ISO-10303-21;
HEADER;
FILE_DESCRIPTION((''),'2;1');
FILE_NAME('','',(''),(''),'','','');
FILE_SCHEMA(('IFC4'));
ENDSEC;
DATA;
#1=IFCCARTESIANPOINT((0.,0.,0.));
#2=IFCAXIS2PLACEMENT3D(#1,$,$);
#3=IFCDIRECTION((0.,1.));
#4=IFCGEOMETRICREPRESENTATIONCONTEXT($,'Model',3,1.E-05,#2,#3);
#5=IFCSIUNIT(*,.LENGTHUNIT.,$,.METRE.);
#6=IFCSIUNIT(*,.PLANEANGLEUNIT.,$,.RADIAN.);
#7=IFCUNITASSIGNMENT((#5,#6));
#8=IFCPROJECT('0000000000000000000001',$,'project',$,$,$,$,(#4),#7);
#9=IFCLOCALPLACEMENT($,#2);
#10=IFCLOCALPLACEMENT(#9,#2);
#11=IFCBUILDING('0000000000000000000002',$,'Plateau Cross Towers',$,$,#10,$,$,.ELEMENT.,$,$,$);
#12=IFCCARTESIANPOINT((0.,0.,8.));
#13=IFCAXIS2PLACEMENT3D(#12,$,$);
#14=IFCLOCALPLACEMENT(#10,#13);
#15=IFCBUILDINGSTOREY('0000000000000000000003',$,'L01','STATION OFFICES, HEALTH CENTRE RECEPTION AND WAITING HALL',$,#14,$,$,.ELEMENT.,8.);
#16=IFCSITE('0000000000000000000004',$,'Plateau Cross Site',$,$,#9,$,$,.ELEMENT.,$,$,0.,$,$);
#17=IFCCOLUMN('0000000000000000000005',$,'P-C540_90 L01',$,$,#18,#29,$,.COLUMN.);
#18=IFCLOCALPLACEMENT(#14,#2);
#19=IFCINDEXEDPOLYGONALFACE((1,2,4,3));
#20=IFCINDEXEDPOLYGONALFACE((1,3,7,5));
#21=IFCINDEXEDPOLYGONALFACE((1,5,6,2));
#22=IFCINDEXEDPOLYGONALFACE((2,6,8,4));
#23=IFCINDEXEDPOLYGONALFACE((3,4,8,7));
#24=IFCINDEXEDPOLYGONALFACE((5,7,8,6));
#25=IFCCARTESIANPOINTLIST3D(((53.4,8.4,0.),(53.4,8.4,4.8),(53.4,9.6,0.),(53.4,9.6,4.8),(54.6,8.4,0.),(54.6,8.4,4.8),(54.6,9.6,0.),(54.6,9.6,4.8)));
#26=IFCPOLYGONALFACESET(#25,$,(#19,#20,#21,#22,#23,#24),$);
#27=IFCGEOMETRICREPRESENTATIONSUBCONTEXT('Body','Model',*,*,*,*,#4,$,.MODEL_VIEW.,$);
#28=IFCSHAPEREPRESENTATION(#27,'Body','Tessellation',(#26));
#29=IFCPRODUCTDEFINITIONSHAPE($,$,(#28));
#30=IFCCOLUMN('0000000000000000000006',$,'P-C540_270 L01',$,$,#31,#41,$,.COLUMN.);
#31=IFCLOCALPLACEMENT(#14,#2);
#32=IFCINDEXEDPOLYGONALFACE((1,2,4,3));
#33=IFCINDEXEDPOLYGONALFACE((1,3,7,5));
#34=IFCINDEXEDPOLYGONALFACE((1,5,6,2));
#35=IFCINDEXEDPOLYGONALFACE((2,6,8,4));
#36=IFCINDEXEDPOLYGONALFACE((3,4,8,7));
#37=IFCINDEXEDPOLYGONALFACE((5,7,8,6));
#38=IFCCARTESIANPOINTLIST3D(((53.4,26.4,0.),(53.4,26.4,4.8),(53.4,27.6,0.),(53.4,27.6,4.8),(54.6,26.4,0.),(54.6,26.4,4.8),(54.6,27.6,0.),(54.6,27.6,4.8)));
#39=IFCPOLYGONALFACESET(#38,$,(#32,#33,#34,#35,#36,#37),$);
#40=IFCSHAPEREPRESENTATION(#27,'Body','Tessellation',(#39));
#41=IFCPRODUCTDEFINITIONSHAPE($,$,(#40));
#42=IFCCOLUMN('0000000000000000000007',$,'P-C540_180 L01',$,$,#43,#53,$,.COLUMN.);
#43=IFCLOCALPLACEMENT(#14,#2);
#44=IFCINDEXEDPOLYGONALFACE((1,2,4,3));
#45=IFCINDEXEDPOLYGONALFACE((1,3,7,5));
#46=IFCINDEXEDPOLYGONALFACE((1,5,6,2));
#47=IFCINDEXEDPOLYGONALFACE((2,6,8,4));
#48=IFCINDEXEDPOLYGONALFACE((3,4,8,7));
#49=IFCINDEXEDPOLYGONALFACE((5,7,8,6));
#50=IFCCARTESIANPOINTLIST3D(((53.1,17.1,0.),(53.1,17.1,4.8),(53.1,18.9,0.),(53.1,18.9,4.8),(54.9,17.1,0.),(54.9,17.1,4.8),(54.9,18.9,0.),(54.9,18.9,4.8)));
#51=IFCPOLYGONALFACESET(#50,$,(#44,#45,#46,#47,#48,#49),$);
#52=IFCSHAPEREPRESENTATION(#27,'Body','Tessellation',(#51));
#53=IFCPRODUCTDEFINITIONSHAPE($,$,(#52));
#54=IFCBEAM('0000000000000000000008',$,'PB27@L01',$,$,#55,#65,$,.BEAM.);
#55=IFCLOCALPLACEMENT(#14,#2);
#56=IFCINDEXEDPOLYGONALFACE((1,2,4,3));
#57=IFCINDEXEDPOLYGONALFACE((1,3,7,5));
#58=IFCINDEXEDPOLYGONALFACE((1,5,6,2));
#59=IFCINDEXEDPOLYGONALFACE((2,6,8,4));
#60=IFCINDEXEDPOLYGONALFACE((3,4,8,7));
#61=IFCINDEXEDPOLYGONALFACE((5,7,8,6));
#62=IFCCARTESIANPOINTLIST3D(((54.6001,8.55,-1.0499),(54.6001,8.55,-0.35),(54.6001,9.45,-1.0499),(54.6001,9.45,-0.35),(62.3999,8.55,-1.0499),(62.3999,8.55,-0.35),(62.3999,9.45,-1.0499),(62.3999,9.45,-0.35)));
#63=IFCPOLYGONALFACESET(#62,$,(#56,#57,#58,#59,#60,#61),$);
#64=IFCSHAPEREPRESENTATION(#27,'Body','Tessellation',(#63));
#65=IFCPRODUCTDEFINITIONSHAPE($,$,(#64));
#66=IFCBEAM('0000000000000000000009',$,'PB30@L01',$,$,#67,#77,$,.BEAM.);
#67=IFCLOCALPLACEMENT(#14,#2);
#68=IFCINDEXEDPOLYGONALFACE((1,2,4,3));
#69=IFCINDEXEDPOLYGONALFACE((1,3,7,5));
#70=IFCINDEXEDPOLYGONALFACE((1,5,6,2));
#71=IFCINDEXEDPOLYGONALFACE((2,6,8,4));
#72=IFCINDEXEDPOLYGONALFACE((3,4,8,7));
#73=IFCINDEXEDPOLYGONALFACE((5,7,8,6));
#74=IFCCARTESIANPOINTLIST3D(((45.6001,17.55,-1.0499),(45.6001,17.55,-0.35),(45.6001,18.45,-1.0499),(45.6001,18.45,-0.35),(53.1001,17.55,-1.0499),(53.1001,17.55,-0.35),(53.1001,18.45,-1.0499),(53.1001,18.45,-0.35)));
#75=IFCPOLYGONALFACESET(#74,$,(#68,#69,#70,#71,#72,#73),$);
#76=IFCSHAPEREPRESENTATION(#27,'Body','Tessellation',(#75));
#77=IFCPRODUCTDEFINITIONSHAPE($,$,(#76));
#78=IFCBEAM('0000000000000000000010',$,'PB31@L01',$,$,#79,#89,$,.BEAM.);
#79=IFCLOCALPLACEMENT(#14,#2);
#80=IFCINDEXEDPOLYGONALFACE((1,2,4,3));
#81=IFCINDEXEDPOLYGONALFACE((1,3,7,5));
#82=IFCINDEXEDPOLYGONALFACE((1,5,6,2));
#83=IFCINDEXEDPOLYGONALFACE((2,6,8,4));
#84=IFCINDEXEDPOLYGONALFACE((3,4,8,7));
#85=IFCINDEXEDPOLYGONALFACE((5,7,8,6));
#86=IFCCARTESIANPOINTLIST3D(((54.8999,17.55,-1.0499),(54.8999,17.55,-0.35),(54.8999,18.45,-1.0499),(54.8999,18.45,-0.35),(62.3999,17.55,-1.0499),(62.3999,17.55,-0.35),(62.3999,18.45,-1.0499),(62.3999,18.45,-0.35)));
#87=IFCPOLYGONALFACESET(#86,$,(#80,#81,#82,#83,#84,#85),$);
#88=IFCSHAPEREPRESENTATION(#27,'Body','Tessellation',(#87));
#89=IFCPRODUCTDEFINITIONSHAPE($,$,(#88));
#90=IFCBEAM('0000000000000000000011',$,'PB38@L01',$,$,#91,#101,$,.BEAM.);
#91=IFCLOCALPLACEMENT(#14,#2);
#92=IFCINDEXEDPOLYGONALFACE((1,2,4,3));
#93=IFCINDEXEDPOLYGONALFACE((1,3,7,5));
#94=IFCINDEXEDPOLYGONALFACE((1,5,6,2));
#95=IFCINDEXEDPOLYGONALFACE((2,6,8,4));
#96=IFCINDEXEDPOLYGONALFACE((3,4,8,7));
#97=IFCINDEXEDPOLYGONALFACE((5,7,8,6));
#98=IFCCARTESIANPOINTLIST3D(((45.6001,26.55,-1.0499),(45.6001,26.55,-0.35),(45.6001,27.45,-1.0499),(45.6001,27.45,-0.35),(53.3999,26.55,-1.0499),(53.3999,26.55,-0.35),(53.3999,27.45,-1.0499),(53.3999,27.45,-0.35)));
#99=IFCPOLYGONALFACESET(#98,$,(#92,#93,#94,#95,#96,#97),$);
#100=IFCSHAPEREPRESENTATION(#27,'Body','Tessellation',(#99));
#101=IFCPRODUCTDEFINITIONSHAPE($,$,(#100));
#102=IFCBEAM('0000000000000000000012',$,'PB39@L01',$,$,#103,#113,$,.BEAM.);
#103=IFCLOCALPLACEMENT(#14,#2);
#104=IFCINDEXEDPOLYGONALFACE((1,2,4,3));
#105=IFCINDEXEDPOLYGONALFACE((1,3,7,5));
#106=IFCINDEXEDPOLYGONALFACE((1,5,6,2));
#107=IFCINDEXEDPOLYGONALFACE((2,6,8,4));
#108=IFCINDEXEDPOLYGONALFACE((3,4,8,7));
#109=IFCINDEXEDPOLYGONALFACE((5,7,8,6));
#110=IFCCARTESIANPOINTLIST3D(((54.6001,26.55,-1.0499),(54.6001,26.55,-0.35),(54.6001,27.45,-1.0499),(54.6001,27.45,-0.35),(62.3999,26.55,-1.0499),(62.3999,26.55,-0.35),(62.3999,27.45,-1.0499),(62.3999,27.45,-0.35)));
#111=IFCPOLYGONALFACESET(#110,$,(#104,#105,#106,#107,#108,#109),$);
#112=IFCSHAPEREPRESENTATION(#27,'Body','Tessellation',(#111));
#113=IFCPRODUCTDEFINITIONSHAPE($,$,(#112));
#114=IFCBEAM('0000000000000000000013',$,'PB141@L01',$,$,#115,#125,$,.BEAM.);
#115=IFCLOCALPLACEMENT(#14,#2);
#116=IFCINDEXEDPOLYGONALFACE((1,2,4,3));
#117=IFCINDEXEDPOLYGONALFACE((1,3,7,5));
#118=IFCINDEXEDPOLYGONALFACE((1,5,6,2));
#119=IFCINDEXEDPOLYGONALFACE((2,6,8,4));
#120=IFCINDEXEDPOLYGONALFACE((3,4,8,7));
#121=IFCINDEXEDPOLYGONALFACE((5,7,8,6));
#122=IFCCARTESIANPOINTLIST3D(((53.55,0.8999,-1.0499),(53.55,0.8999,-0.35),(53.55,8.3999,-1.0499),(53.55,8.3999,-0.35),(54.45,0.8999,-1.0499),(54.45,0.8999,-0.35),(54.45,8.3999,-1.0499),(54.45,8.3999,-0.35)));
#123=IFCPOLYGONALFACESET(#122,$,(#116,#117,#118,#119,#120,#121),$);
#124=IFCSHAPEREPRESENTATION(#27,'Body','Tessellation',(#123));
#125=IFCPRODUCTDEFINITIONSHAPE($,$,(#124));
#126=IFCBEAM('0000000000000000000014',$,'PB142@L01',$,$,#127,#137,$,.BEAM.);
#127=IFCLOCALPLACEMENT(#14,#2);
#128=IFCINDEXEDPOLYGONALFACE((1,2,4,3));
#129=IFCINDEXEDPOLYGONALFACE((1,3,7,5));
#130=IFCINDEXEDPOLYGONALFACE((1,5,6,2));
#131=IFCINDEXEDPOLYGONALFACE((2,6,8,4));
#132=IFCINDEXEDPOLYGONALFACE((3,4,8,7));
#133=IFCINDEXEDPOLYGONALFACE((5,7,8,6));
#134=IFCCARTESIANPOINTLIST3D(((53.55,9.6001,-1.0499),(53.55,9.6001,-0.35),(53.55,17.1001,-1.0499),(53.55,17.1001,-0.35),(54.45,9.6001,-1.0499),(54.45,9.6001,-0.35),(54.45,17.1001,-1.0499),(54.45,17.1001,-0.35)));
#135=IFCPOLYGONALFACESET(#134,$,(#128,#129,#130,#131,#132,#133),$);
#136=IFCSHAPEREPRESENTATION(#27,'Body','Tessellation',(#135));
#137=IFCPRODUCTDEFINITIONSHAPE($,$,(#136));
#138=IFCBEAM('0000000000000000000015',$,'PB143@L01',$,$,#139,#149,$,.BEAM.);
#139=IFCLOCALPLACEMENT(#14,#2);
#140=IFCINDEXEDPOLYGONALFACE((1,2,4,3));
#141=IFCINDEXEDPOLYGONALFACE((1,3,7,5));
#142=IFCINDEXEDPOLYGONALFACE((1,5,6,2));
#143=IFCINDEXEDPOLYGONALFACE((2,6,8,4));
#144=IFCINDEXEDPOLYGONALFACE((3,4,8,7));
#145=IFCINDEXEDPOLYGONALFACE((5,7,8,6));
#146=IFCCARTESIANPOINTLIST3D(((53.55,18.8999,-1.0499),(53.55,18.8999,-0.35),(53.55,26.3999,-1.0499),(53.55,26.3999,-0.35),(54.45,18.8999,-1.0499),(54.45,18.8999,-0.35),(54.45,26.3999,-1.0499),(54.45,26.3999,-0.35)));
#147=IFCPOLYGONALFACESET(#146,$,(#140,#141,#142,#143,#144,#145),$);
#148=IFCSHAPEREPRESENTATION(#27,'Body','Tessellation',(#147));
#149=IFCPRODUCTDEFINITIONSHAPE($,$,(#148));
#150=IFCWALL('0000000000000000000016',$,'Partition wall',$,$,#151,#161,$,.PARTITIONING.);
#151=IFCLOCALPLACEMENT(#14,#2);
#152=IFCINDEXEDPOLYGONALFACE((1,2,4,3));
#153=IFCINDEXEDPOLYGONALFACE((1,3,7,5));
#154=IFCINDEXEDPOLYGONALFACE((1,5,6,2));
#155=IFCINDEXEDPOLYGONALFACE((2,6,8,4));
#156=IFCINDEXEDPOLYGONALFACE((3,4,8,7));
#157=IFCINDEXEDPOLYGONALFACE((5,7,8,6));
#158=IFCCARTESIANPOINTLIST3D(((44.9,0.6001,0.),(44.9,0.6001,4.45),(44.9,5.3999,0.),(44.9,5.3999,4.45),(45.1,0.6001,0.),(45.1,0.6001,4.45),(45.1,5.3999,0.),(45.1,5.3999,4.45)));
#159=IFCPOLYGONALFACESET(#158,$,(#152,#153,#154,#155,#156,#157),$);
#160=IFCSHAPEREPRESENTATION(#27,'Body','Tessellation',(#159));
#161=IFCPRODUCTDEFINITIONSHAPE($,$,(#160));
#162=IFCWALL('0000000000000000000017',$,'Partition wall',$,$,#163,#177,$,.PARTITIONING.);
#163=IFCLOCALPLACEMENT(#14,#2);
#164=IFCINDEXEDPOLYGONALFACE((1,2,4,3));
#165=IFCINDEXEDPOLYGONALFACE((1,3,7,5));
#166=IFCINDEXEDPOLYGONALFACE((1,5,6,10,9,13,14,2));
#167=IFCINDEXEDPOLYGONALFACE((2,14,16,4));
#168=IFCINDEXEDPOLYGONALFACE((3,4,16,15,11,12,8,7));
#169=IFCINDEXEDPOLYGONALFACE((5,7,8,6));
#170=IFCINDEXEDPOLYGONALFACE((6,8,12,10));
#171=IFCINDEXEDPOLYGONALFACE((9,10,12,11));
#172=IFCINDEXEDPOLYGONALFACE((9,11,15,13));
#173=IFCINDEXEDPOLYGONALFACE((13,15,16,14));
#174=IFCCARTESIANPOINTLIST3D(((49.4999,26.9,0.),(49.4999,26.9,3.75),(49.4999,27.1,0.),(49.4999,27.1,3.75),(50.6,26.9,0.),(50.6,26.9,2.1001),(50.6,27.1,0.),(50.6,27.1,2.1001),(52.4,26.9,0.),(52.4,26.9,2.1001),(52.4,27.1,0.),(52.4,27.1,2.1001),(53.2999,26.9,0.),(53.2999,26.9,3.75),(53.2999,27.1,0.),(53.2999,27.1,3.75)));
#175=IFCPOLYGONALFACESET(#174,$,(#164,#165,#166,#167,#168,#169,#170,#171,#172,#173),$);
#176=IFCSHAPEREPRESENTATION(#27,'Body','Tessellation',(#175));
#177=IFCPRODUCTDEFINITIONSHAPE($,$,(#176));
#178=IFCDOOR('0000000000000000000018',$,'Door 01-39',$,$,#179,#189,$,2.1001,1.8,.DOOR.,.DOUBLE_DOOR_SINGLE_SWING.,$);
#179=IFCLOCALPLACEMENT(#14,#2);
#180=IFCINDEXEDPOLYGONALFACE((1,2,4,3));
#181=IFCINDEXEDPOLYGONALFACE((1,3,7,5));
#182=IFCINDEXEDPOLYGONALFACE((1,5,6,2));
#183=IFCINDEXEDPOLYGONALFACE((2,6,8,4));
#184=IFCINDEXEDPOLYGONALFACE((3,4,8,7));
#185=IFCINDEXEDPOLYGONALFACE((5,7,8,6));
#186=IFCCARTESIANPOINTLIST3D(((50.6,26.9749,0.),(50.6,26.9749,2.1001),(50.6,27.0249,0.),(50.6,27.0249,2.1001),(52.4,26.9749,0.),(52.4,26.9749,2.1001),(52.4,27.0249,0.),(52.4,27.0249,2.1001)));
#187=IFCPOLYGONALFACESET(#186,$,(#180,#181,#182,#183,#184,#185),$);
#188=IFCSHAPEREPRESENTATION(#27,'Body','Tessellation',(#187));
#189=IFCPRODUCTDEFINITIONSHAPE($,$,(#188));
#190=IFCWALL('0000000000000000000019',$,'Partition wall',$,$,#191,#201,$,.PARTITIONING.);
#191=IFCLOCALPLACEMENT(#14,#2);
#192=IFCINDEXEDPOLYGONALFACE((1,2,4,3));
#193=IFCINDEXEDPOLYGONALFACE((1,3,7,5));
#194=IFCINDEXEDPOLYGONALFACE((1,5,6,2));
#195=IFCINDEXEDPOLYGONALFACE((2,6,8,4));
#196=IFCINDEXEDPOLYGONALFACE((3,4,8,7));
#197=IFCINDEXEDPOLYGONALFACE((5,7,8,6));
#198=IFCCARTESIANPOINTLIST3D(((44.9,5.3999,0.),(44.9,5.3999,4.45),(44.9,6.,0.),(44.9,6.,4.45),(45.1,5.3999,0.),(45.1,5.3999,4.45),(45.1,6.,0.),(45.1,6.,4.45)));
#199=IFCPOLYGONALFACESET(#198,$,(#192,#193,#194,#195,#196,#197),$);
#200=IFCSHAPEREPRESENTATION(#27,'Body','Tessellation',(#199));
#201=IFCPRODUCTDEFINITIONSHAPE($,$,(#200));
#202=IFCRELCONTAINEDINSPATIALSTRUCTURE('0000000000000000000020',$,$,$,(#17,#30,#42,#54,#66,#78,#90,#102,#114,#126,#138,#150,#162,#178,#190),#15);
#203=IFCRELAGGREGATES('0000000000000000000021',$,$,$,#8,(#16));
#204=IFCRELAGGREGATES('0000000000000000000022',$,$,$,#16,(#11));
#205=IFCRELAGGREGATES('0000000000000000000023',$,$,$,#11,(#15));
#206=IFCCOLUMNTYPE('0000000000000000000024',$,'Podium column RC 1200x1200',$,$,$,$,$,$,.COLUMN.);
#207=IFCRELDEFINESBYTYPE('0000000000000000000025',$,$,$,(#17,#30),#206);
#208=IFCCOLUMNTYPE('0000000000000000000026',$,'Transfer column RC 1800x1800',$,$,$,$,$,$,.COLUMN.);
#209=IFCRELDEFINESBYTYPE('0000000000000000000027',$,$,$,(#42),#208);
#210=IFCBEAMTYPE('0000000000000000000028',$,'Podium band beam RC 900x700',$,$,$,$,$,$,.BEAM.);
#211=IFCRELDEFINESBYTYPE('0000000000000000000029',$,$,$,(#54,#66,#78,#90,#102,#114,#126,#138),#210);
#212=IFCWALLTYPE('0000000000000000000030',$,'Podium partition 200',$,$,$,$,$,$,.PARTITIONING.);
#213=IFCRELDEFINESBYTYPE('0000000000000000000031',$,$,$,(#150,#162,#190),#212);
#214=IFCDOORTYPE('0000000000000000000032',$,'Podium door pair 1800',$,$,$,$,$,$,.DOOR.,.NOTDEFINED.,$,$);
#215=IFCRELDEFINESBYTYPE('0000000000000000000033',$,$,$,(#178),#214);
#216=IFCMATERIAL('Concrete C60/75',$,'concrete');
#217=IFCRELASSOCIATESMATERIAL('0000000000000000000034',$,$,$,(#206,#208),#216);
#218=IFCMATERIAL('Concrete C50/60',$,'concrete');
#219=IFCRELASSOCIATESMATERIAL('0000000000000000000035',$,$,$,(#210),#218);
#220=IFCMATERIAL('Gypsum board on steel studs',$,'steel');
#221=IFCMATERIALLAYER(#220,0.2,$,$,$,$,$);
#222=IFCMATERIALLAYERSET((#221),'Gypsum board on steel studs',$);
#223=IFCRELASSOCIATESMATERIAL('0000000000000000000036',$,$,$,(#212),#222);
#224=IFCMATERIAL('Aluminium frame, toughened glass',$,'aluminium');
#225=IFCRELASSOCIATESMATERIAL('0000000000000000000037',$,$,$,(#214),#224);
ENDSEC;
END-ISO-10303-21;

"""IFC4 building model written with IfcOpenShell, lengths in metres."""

from ifc_helpers import new_model, si_unit, direction, frame, frame_2d, origin, origin_2d, place, context, subcontext, project, spatial, rectangle, extrude, material, layer, layer_set, material_profile, profile_set, type_object, element, fill, save


model = new_model("IFC4")

# Units and contexts
model_context = context("Model", 3, precision=1e-05, world=origin(), true_north=direction((0.0, 1.0)))
body_context = subcontext(model_context, "Body", "Model", "MODEL_VIEW")
ifc_project = project(units=[si_unit("LENGTHUNIT", "METRE"), si_unit("PLANEANGLEUNIT", "RADIAN")], contexts=[model_context])

# Site, building, storey
site_placement = place(None, origin())
site = spatial("IfcSite", under=ifc_project, at=site_placement, Name="Plateau Cross Site", CompositionType="ELEMENT", RefElevation=0.0)
building_placement = place(site_placement, origin())
building = spatial("IfcBuilding", under=site, at=building_placement, Name="Plateau Cross Towers", CompositionType="ELEMENT")
storey_placement = place(building_placement, frame((0.0, 0.0, 8.0)))
storey = spatial("IfcBuildingStorey", under=building, at=storey_placement, Name="L01", Description="STATION OFFICES, HEALTH CENTRE RECEPTION AND WAITING HALL", CompositionType="ELEMENT", Elevation=8.0)

# Columns
ifc_material_1 = material(Name="Concrete C60/75", Category="concrete")
ifc_material_profile_1 = material_profile(ifc_material_1, rectangle(XDim=1.2, YDim=1.2, at=origin_2d()), Name="RC 1200x1200")
ifc_profile_set_1 = profile_set([ifc_material_profile_1], Name="Concrete C60/75")
column_type_1 = type_object("IfcColumnType", Name="Podium column RC 1200x1200", PredefinedType="COLUMN", material=ifc_profile_set_1)
for number, where, z_axis, x_axis, name in (
    (1, (54.0, 9.0, 0.0), (0.0, 0.0, 1.0), (1.0, 0.0, 0.0), "P-C540_90 L01"),
    (2, (54.0, 27.0, 0.0), (0.0, 0.0, 1.0), (1.0, 0.0, 0.0), "P-C540_270 L01"),
):
    element("IfcColumn", number, at=place(storey_placement, frame(where, z_axis=z_axis, x_axis=x_axis)), inside=storey, type_object=column_type_1, Name=name, PredefinedType="COLUMN", context=body_context, shape_type="SweptSolid", body=[
        extrude(rectangle(XDim=1.2, YDim=1.2, at=origin_2d()), origin(), (0.0, 0.0, 1.0), 4.8),
    ])
ifc_material_profile_2 = material_profile(ifc_material_1, rectangle(XDim=1.8, YDim=1.8, at=origin_2d()), Name="RC 1800x1800")
ifc_profile_set_2 = profile_set([ifc_material_profile_2], Name="Concrete C60/75")
column_type_2 = type_object("IfcColumnType", Name="Transfer column RC 1800x1800", PredefinedType="COLUMN", material=ifc_profile_set_2)
column_placement = place(storey_placement, frame((54.0, 18.0, 0.0), z_axis=(0.0, 0.0, 1.0), x_axis=(1.0, 0.0, 0.0)))
element("IfcColumn", 3, at=column_placement, inside=storey, type_object=column_type_2, Name="P-C540_180 L01", PredefinedType="COLUMN", context=body_context, shape_type="SweptSolid", body=[
    extrude(rectangle(XDim=1.8, YDim=1.8, at=origin_2d()), origin(), (0.0, 0.0, 1.0), 4.8),
])

# Beams
ifc_material_2 = material(Name="Concrete C50/60", Category="concrete")
ifc_material_profile_3 = material_profile(ifc_material_2, rectangle(XDim=0.8999, YDim=0.7, at=origin_2d()), Name="RC 900x700")
ifc_profile_set_3 = profile_set([ifc_material_profile_3], Name="Concrete C50/60")
beam_type = type_object("IfcBeamType", Name="Podium band beam RC 900x700", PredefinedType="BEAM", material=ifc_profile_set_3)
beam_placement = place(storey_placement, frame((54.6001, 9.0, -0.7), z_axis=(1.0, 0.0, 0.0), x_axis=(0.0, 1.0, 0.0)))
element("IfcBeam", 4, at=beam_placement, inside=storey, type_object=beam_type, Name="PB27@L01", PredefinedType="BEAM", context=body_context, shape_type="SweptSolid", body=[
    extrude(rectangle(XDim=0.8999, YDim=0.7, at=origin_2d()), origin(), (0.0, 0.0, 1.0), 7.7998),
])
for number, where, z_axis, x_axis, name in (
    (5, (45.6001, 18.0, -0.7), (1.0, 0.0, 0.0), (0.0, 1.0, 0.0), "PB30@L01"),
    (6, (54.8999, 18.0, -0.7), (1.0, 0.0, 0.0), (0.0, 1.0, 0.0), "PB31@L01"),
):
    element("IfcBeam", number, at=place(storey_placement, frame(where, z_axis=z_axis, x_axis=x_axis)), inside=storey, type_object=beam_type, Name=name, PredefinedType="BEAM", context=body_context, shape_type="SweptSolid", body=[
        extrude(rectangle(XDim=0.8999, YDim=0.7, at=origin_2d()), origin(), (0.0, 0.0, 1.0), 7.5),
    ])
for number, where, z_axis, x_axis, name in (
    (7, (45.6001, 27.0, -0.7), (1.0, 0.0, 0.0), (0.0, 1.0, 0.0), "PB38@L01"),
    (8, (54.6001, 27.0, -0.7), (1.0, 0.0, 0.0), (0.0, 1.0, 0.0), "PB39@L01"),
):
    element("IfcBeam", number, at=place(storey_placement, frame(where, z_axis=z_axis, x_axis=x_axis)), inside=storey, type_object=beam_type, Name=name, PredefinedType="BEAM", context=body_context, shape_type="SweptSolid", body=[
        extrude(rectangle(XDim=0.8999, YDim=0.7, at=origin_2d()), origin(), (0.0, 0.0, 1.0), 7.7998),
    ])
for number, where, z_axis, x_axis, name in (
    (9, (54.0, 0.8999, -0.7), (0.0, 1.0, 0.0), (-1.0, 0.0, 0.0), "PB141@L01"),
    (10, (54.0, 9.6001, -0.7), (0.0, 1.0, 0.0), (-1.0, 0.0, 0.0), "PB142@L01"),
    (11, (54.0, 18.8999, -0.7), (0.0, 1.0, 0.0), (-1.0, 0.0, 0.0), "PB143@L01"),
):
    element("IfcBeam", number, at=place(storey_placement, frame(where, z_axis=z_axis, x_axis=x_axis)), inside=storey, type_object=beam_type, Name=name, PredefinedType="BEAM", context=body_context, shape_type="SweptSolid", body=[
        extrude(rectangle(XDim=0.8999, YDim=0.7, at=origin_2d()), origin(), (0.0, 0.0, 1.0), 7.5),
    ])

# Wall
ifc_material_3 = material(Name="Gypsum board on steel studs", Category="steel")
ifc_layer_1 = layer(ifc_material_3, 0.2)
ifc_layer_set_1 = layer_set([ifc_layer_1], Name="Gypsum board on steel studs")
wall_type_1 = type_object("IfcWallType", Name="Podium partition 200", PredefinedType="PARTITIONING", material=ifc_layer_set_1)
wall_1_placement = place(storey_placement, frame((45.0, 5.3999, 0.0), z_axis=(0.0, 0.0, 1.0), x_axis=(0.0, -1.0, 0.0)))
element("IfcWall", 12, at=wall_1_placement, inside=storey, type_object=wall_type_1, Name="Partition wall", PredefinedType="PARTITIONING", context=body_context, shape_type="SweptSolid", body=[
    extrude(rectangle(XDim=4.7998, YDim=0.2, at=frame_2d((2.3999, 0.0))), origin(), (0.0, 0.0, 1.0), 4.45),
])

# Wall, opening, door
wall_2_placement = place(storey_placement, frame((49.5, 27.0, 0.0), z_axis=(0.0, 0.0, 1.0), x_axis=(1.0, 0.0, 0.0)))
wall_2 = element("IfcWall", 13, at=wall_2_placement, inside=storey, type_object=wall_type_1, Name="Partition wall", PredefinedType="PARTITIONING", context=body_context, shape_type="SweptSolid", body=[
    extrude(rectangle(XDim=3.8, YDim=0.2, at=frame_2d((1.8999, 0.0))), origin(), (0.0, 0.0, 1.0), 3.75),
])
opening_1_placement = place(wall_2_placement, frame((1.1001, 0.0, 0.0)))
opening_1 = element("IfcOpeningElement", 14, at=opening_1_placement, cuts=wall_2, PredefinedType="OPENING", context=body_context, shape_type="SweptSolid", body=[
    extrude(rectangle(XDim=1.8, YDim=2.1001, at=frame_2d((0.8999, 1.05))), frame((0.0, 0.1099, 0.0), z_axis=(0.0, -1.0, 0.0), x_axis=(1.0, 0.0, 0.0)), (0.0, 0.0, 1.0), 0.22),
])
ifc_material_4 = material(Name="Aluminium frame, toughened glass", Category="aluminium")
door_type_1 = type_object("IfcDoorType", Name="Podium door pair 1800", OperationType="NOTDEFINED", PredefinedType="DOOR", material=ifc_material_4)
door_1_placement = place(opening_1_placement, origin())
door_1 = element("IfcDoor", 15, at=door_1_placement, inside=storey, type_object=door_type_1, Name="Door 01-39", OperationType="DOUBLE_DOOR_SINGLE_SWING", OverallHeight=2.1001, OverallWidth=1.8, PredefinedType="DOOR", context=body_context, shape_type="SweptSolid", body=[
    extrude(rectangle(XDim=1.8, YDim=2.1001, at=frame_2d((0.8999, 1.05))), frame((0.0, 0.0249, 0.0), z_axis=(0.0, -1.0, 0.0), x_axis=(1.0, 0.0, 0.0)), (0.0, 0.0, 1.0), 0.05),
])
fill(opening_1, door_1)

# Wall
wall_3_placement = place(storey_placement, frame((45.0, 6.0, 0.0), z_axis=(0.0, 0.0, 1.0), x_axis=(0.0, -1.0, 0.0)))
element("IfcWall", 16, at=wall_3_placement, inside=storey, type_object=wall_type_1, Name="Partition wall", PredefinedType="PARTITIONING", context=body_context, shape_type="SweptSolid", body=[
    extrude(rectangle(XDim=0.6001, YDim=0.2, at=frame_2d((0.3, 0.0))), origin(), (0.0, 0.0, 1.0), 4.45),
])

save(model, "model.ifc")
